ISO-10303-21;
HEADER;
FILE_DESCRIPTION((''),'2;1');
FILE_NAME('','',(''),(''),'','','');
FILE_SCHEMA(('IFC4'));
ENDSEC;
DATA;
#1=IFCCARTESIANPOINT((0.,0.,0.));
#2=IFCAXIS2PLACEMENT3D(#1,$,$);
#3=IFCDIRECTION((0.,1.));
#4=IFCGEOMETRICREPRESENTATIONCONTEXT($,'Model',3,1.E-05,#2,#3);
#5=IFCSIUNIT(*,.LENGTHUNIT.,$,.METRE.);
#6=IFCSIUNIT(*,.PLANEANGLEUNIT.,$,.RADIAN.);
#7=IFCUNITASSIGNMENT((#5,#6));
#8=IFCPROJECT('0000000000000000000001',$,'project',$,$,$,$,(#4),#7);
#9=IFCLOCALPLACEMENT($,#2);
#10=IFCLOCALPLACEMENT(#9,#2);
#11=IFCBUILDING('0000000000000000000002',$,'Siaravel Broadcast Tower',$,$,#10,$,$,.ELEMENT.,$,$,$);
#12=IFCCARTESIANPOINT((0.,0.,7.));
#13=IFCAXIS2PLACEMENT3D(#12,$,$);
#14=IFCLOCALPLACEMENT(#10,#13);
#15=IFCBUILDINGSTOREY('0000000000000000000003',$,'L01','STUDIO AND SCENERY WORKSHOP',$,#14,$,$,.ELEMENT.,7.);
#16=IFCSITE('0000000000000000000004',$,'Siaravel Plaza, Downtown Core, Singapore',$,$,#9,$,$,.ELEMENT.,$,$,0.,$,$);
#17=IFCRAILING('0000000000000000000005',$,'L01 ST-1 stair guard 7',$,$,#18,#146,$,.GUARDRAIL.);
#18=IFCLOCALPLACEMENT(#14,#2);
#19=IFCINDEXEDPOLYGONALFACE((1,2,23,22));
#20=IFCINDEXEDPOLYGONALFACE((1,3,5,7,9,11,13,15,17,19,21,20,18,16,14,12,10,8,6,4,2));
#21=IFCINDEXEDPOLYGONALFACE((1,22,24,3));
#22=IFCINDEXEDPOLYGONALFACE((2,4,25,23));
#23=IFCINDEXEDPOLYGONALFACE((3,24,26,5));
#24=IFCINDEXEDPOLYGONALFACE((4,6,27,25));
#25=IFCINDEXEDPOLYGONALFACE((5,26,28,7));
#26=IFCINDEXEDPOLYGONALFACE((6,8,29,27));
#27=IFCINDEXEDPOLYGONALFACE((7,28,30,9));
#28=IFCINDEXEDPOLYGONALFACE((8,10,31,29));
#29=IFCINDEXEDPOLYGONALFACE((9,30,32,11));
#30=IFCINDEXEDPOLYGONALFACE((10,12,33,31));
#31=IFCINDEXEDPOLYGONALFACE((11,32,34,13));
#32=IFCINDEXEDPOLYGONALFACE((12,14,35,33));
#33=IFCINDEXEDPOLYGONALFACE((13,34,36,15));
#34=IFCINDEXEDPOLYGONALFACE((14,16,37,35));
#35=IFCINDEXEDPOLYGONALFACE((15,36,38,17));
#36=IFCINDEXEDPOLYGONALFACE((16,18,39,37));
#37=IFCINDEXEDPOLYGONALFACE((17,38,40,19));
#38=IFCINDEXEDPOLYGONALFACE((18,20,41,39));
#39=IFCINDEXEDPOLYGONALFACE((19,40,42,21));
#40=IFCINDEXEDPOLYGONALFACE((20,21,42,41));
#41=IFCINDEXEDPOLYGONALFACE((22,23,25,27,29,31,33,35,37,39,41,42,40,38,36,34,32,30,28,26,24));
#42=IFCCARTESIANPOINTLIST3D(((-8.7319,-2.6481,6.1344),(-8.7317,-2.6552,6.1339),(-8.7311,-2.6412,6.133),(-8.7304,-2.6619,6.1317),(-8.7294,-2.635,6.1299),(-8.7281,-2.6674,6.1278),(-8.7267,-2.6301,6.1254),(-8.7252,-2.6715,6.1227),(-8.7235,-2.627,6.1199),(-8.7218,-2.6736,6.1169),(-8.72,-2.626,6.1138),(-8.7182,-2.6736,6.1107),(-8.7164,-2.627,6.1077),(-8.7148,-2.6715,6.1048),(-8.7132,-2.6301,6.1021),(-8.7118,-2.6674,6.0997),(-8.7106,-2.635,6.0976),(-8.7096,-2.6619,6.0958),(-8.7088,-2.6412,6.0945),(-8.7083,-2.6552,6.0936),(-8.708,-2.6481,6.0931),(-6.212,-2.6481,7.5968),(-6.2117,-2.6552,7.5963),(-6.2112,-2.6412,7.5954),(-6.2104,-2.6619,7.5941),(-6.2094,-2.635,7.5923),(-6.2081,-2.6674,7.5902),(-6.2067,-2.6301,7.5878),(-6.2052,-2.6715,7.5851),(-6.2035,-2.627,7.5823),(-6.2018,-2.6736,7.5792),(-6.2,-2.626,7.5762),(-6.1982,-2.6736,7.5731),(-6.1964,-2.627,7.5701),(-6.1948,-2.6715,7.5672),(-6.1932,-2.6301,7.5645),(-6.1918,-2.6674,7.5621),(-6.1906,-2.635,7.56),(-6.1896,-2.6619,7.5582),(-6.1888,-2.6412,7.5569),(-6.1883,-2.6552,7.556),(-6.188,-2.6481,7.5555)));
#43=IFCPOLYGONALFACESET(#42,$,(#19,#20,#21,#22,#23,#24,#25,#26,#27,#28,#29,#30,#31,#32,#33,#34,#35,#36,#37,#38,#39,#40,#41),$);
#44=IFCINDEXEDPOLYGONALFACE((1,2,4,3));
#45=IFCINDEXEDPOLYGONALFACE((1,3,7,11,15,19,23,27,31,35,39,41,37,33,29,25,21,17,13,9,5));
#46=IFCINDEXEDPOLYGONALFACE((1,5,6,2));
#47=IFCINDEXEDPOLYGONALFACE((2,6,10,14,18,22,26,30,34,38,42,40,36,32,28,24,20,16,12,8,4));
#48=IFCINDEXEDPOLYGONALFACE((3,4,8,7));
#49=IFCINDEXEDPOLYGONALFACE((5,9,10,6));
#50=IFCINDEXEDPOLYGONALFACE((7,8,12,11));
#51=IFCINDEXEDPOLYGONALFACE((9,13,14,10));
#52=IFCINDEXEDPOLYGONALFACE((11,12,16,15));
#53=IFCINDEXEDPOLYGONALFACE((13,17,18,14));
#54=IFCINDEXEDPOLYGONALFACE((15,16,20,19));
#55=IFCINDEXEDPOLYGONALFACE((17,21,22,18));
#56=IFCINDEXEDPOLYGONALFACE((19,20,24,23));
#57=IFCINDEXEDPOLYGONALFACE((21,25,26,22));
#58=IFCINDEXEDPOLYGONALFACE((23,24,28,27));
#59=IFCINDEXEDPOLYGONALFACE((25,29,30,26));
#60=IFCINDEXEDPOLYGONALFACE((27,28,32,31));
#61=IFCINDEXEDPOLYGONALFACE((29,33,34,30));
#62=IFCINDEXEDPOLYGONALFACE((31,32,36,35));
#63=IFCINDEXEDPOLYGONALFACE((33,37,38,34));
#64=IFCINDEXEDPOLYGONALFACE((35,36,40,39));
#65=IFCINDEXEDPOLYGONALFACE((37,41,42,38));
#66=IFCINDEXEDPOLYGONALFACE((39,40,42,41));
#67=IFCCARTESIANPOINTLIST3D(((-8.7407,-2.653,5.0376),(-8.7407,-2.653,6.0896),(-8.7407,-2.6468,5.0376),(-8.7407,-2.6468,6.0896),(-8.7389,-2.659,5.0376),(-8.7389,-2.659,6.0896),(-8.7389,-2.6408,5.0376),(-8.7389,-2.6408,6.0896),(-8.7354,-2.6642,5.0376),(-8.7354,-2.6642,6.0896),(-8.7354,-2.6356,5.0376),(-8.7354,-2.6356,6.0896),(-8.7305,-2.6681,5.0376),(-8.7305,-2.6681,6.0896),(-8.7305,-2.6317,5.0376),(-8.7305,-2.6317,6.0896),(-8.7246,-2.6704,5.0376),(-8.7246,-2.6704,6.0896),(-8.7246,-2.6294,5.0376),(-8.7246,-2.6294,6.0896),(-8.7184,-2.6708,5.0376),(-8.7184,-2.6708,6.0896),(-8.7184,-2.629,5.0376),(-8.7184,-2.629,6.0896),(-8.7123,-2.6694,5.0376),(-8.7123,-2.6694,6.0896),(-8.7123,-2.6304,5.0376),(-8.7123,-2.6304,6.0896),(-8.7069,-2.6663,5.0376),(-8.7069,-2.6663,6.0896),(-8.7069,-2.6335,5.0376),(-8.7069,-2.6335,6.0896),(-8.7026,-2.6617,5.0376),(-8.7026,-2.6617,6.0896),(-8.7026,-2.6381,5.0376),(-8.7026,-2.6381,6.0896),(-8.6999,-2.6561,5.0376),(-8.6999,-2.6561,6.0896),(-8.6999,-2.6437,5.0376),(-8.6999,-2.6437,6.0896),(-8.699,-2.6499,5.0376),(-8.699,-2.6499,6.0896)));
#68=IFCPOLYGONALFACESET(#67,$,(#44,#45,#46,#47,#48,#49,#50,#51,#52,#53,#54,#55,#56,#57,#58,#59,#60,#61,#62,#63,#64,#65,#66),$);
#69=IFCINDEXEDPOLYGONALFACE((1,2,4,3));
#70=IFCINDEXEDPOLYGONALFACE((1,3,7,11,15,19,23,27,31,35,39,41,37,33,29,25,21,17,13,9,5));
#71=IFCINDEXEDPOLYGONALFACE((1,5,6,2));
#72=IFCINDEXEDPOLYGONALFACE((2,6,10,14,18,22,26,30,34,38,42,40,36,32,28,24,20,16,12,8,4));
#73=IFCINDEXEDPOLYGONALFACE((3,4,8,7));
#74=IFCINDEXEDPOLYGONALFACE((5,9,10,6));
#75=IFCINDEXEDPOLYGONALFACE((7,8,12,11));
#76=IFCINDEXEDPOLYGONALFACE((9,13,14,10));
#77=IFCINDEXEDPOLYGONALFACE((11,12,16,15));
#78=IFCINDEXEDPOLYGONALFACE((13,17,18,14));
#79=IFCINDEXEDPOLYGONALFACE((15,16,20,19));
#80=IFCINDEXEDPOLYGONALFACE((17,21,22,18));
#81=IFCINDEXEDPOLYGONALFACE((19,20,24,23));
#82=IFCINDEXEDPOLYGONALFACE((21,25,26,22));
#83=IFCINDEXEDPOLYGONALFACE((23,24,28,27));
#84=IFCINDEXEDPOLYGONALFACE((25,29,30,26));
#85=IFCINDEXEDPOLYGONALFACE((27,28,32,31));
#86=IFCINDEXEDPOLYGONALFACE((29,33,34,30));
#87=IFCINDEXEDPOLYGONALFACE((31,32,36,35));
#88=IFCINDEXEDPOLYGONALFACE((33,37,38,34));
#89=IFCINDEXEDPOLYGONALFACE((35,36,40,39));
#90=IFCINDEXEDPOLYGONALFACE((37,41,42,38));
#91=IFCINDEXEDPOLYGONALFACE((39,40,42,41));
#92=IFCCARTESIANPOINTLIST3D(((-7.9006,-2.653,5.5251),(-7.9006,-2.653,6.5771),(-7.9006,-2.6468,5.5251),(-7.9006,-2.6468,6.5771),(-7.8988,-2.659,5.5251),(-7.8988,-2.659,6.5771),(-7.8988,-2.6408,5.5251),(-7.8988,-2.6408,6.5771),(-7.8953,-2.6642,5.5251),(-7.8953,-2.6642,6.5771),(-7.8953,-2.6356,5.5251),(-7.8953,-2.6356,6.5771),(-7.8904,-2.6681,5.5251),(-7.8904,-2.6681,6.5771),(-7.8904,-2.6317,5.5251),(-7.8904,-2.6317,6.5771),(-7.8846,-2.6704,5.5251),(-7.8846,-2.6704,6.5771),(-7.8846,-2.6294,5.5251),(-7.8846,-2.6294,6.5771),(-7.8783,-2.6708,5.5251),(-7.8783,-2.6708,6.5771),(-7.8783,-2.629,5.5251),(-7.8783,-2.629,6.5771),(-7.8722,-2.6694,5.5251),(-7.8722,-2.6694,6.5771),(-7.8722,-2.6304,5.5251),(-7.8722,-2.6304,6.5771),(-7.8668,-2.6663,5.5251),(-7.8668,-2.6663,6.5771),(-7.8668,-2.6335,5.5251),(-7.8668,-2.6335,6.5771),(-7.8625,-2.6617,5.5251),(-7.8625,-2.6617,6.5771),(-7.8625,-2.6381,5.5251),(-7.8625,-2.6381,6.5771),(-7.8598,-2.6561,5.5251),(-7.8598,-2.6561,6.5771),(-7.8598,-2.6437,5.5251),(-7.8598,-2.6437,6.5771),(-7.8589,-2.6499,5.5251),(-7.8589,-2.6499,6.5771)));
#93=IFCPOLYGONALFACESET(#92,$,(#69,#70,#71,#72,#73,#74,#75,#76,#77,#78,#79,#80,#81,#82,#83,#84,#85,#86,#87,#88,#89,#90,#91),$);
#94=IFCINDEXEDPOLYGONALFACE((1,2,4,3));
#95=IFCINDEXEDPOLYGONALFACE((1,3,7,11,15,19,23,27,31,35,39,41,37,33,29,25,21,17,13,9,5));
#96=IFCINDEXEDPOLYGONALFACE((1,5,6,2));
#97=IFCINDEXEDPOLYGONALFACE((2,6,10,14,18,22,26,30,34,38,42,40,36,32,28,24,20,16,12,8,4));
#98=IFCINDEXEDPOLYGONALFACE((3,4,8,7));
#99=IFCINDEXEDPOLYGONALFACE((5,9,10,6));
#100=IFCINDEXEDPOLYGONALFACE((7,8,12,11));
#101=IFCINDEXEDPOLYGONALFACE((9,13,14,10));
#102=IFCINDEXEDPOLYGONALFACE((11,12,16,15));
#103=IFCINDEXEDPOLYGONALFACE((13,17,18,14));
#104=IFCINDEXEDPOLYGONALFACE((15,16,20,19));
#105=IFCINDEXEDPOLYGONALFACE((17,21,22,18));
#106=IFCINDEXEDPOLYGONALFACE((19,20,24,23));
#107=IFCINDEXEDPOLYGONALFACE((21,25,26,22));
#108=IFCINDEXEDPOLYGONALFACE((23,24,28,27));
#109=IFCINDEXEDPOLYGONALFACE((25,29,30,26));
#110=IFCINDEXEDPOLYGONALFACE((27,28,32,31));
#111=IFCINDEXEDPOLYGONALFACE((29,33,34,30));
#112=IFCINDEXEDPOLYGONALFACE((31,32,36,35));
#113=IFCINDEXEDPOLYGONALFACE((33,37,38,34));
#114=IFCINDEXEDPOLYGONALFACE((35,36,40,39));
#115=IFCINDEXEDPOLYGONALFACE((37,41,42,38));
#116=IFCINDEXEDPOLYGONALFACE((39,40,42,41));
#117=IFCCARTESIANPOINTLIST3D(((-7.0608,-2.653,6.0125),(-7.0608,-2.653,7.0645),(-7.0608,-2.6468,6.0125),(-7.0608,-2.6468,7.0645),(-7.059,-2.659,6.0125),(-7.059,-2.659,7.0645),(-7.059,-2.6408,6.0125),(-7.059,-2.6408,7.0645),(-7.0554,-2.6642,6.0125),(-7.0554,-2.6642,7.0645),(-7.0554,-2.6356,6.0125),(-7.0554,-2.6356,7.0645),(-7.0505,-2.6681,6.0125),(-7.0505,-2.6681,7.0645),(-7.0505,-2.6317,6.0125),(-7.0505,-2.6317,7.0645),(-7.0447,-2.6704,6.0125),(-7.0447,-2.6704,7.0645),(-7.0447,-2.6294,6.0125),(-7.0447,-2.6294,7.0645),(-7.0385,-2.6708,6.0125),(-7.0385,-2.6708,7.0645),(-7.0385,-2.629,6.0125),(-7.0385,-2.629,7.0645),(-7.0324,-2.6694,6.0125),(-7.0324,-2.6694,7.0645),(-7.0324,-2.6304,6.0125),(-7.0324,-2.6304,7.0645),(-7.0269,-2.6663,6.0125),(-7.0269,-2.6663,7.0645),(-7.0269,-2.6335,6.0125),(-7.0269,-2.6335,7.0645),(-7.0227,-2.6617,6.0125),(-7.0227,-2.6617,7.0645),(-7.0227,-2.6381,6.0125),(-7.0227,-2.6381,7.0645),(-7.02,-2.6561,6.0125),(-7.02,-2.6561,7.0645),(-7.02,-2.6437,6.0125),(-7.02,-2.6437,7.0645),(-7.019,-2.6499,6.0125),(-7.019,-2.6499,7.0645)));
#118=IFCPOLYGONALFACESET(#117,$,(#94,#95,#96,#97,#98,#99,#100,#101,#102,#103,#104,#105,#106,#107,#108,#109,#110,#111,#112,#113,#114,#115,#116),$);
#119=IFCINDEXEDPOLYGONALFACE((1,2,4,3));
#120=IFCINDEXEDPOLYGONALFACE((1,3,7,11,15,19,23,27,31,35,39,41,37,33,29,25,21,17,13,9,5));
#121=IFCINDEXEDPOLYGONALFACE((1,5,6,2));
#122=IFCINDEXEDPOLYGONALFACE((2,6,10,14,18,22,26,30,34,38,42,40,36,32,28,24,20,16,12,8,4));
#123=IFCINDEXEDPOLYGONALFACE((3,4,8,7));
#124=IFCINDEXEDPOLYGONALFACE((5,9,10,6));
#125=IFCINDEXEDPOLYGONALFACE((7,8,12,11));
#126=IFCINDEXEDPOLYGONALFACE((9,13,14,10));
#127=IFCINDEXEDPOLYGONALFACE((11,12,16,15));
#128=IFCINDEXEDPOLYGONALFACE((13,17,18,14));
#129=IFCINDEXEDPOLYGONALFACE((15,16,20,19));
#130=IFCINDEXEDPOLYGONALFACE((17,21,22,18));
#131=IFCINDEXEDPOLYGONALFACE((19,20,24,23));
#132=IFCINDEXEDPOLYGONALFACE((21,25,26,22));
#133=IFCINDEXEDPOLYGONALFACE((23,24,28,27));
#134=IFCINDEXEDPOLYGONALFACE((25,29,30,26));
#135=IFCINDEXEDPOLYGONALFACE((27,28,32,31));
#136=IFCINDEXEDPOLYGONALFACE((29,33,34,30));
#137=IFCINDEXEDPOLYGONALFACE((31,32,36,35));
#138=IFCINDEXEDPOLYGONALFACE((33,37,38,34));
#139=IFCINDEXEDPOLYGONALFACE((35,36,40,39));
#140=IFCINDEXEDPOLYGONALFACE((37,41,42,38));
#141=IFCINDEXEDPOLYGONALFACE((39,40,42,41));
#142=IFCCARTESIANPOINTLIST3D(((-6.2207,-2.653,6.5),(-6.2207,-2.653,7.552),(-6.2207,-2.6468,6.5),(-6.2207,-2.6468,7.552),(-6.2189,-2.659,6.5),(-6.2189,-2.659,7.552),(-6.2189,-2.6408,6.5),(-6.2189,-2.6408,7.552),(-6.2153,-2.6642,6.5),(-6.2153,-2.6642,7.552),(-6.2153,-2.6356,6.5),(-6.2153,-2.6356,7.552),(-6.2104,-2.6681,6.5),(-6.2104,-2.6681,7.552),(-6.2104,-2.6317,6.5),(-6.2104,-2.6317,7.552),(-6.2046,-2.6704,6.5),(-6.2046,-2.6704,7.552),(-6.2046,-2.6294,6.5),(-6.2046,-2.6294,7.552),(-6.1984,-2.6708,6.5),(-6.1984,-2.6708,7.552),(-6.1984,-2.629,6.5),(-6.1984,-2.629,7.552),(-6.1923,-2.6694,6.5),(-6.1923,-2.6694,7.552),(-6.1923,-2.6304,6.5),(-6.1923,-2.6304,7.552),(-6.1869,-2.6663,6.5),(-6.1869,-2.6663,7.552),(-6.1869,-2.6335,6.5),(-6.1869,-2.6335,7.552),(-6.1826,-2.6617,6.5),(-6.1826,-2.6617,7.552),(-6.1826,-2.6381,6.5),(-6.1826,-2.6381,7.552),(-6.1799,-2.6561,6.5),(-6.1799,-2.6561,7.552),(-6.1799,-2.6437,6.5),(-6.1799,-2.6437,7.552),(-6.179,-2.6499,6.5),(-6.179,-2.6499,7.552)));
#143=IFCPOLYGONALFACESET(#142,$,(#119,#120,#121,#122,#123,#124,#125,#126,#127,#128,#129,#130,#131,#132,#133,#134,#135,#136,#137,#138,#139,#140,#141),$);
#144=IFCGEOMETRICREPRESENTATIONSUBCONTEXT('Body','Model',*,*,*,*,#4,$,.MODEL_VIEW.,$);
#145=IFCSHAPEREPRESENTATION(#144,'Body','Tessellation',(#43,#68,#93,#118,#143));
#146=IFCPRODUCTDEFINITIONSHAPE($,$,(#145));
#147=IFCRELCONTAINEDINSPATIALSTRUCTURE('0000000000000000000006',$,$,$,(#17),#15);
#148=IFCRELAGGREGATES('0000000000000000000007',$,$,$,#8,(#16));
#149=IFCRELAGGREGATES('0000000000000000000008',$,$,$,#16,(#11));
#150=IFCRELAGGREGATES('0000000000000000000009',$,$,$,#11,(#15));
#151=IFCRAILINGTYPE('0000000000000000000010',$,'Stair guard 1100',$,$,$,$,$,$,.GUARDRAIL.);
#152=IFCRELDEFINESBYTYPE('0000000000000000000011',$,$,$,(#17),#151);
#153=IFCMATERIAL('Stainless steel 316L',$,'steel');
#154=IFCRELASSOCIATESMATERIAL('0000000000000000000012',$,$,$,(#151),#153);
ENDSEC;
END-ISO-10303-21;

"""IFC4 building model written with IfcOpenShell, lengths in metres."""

from ifc_helpers import new_model, si_unit, direction, frame, origin, origin_2d, place, context, subcontext, project, spatial, circle, extrude, material, type_object, element, save


model = new_model("IFC4")

# Units and contexts
model_context = context("Model", 3, precision=1e-05, world=origin(), true_north=direction((0.0, 1.0)))
body_context = subcontext(model_context, "Body", "Model", "MODEL_VIEW")
ifc_project = project(units=[si_unit("LENGTHUNIT", "METRE"), si_unit("PLANEANGLEUNIT", "RADIAN")], contexts=[model_context])

# Site, building, storey
site_placement = place(None, origin())
site = spatial("IfcSite", under=ifc_project, at=site_placement, Name="Siaravel Plaza, Downtown Core, Singapore", CompositionType="ELEMENT", RefElevation=0.0)
building_placement = place(site_placement, origin())
building = spatial("IfcBuilding", under=site, at=building_placement, Name="Siaravel Broadcast Tower", CompositionType="ELEMENT")
storey_placement = place(building_placement, frame((0.0, 0.0, 7.0)))
storey = spatial("IfcBuildingStorey", under=building, at=storey_placement, Name="L01", Description="STUDIO AND SCENERY WORKSHOP", CompositionType="ELEMENT", Elevation=7.0)

# Railing
ifc_material_1 = material(Name="Stainless steel 316L", Category="steel")
railing_type_1 = type_object("IfcRailingType", Name="Stair guard 1100", PredefinedType="GUARDRAIL", material=ifc_material_1)
railing_1_placement = place(storey_placement, frame((-8.72, -2.6499, 5.0376)))
element("IfcRailing", 1, at=railing_1_placement, inside=storey, type_object=railing_type_1, Name="L01 ST-1 stair guard 7", PredefinedType="GUARDRAIL", context=body_context, shape_type="SweptSolid", body=[
    extrude(circle(Radius=0.0239, at=origin_2d()), frame((0.0, 0.0, 1.0762), z_axis=(0.864913, 0.0, 0.501921), x_axis=(0.0, 1.0, 0.0)), (0.0, 0.0, 1.0), 2.9136),
    extrude(circle(Radius=0.021, at=origin_2d()), origin(), (0.0, 0.0, 1.0), 1.052),
    extrude(circle(Radius=0.021, at=origin_2d()), frame((0.8401, 0.0, 0.4875)), (0.0, 0.0, 1.0), 1.052),
    extrude(circle(Radius=0.021, at=origin_2d()), frame((1.6799, 0.0, 0.9749)), (0.0, 0.0, 1.0), 1.052),
    extrude(circle(Radius=0.021, at=origin_2d()), frame((2.52, 0.0, 1.4624)), (0.0, 0.0, 1.0), 1.052),
])

save(model, "model.ifc")
